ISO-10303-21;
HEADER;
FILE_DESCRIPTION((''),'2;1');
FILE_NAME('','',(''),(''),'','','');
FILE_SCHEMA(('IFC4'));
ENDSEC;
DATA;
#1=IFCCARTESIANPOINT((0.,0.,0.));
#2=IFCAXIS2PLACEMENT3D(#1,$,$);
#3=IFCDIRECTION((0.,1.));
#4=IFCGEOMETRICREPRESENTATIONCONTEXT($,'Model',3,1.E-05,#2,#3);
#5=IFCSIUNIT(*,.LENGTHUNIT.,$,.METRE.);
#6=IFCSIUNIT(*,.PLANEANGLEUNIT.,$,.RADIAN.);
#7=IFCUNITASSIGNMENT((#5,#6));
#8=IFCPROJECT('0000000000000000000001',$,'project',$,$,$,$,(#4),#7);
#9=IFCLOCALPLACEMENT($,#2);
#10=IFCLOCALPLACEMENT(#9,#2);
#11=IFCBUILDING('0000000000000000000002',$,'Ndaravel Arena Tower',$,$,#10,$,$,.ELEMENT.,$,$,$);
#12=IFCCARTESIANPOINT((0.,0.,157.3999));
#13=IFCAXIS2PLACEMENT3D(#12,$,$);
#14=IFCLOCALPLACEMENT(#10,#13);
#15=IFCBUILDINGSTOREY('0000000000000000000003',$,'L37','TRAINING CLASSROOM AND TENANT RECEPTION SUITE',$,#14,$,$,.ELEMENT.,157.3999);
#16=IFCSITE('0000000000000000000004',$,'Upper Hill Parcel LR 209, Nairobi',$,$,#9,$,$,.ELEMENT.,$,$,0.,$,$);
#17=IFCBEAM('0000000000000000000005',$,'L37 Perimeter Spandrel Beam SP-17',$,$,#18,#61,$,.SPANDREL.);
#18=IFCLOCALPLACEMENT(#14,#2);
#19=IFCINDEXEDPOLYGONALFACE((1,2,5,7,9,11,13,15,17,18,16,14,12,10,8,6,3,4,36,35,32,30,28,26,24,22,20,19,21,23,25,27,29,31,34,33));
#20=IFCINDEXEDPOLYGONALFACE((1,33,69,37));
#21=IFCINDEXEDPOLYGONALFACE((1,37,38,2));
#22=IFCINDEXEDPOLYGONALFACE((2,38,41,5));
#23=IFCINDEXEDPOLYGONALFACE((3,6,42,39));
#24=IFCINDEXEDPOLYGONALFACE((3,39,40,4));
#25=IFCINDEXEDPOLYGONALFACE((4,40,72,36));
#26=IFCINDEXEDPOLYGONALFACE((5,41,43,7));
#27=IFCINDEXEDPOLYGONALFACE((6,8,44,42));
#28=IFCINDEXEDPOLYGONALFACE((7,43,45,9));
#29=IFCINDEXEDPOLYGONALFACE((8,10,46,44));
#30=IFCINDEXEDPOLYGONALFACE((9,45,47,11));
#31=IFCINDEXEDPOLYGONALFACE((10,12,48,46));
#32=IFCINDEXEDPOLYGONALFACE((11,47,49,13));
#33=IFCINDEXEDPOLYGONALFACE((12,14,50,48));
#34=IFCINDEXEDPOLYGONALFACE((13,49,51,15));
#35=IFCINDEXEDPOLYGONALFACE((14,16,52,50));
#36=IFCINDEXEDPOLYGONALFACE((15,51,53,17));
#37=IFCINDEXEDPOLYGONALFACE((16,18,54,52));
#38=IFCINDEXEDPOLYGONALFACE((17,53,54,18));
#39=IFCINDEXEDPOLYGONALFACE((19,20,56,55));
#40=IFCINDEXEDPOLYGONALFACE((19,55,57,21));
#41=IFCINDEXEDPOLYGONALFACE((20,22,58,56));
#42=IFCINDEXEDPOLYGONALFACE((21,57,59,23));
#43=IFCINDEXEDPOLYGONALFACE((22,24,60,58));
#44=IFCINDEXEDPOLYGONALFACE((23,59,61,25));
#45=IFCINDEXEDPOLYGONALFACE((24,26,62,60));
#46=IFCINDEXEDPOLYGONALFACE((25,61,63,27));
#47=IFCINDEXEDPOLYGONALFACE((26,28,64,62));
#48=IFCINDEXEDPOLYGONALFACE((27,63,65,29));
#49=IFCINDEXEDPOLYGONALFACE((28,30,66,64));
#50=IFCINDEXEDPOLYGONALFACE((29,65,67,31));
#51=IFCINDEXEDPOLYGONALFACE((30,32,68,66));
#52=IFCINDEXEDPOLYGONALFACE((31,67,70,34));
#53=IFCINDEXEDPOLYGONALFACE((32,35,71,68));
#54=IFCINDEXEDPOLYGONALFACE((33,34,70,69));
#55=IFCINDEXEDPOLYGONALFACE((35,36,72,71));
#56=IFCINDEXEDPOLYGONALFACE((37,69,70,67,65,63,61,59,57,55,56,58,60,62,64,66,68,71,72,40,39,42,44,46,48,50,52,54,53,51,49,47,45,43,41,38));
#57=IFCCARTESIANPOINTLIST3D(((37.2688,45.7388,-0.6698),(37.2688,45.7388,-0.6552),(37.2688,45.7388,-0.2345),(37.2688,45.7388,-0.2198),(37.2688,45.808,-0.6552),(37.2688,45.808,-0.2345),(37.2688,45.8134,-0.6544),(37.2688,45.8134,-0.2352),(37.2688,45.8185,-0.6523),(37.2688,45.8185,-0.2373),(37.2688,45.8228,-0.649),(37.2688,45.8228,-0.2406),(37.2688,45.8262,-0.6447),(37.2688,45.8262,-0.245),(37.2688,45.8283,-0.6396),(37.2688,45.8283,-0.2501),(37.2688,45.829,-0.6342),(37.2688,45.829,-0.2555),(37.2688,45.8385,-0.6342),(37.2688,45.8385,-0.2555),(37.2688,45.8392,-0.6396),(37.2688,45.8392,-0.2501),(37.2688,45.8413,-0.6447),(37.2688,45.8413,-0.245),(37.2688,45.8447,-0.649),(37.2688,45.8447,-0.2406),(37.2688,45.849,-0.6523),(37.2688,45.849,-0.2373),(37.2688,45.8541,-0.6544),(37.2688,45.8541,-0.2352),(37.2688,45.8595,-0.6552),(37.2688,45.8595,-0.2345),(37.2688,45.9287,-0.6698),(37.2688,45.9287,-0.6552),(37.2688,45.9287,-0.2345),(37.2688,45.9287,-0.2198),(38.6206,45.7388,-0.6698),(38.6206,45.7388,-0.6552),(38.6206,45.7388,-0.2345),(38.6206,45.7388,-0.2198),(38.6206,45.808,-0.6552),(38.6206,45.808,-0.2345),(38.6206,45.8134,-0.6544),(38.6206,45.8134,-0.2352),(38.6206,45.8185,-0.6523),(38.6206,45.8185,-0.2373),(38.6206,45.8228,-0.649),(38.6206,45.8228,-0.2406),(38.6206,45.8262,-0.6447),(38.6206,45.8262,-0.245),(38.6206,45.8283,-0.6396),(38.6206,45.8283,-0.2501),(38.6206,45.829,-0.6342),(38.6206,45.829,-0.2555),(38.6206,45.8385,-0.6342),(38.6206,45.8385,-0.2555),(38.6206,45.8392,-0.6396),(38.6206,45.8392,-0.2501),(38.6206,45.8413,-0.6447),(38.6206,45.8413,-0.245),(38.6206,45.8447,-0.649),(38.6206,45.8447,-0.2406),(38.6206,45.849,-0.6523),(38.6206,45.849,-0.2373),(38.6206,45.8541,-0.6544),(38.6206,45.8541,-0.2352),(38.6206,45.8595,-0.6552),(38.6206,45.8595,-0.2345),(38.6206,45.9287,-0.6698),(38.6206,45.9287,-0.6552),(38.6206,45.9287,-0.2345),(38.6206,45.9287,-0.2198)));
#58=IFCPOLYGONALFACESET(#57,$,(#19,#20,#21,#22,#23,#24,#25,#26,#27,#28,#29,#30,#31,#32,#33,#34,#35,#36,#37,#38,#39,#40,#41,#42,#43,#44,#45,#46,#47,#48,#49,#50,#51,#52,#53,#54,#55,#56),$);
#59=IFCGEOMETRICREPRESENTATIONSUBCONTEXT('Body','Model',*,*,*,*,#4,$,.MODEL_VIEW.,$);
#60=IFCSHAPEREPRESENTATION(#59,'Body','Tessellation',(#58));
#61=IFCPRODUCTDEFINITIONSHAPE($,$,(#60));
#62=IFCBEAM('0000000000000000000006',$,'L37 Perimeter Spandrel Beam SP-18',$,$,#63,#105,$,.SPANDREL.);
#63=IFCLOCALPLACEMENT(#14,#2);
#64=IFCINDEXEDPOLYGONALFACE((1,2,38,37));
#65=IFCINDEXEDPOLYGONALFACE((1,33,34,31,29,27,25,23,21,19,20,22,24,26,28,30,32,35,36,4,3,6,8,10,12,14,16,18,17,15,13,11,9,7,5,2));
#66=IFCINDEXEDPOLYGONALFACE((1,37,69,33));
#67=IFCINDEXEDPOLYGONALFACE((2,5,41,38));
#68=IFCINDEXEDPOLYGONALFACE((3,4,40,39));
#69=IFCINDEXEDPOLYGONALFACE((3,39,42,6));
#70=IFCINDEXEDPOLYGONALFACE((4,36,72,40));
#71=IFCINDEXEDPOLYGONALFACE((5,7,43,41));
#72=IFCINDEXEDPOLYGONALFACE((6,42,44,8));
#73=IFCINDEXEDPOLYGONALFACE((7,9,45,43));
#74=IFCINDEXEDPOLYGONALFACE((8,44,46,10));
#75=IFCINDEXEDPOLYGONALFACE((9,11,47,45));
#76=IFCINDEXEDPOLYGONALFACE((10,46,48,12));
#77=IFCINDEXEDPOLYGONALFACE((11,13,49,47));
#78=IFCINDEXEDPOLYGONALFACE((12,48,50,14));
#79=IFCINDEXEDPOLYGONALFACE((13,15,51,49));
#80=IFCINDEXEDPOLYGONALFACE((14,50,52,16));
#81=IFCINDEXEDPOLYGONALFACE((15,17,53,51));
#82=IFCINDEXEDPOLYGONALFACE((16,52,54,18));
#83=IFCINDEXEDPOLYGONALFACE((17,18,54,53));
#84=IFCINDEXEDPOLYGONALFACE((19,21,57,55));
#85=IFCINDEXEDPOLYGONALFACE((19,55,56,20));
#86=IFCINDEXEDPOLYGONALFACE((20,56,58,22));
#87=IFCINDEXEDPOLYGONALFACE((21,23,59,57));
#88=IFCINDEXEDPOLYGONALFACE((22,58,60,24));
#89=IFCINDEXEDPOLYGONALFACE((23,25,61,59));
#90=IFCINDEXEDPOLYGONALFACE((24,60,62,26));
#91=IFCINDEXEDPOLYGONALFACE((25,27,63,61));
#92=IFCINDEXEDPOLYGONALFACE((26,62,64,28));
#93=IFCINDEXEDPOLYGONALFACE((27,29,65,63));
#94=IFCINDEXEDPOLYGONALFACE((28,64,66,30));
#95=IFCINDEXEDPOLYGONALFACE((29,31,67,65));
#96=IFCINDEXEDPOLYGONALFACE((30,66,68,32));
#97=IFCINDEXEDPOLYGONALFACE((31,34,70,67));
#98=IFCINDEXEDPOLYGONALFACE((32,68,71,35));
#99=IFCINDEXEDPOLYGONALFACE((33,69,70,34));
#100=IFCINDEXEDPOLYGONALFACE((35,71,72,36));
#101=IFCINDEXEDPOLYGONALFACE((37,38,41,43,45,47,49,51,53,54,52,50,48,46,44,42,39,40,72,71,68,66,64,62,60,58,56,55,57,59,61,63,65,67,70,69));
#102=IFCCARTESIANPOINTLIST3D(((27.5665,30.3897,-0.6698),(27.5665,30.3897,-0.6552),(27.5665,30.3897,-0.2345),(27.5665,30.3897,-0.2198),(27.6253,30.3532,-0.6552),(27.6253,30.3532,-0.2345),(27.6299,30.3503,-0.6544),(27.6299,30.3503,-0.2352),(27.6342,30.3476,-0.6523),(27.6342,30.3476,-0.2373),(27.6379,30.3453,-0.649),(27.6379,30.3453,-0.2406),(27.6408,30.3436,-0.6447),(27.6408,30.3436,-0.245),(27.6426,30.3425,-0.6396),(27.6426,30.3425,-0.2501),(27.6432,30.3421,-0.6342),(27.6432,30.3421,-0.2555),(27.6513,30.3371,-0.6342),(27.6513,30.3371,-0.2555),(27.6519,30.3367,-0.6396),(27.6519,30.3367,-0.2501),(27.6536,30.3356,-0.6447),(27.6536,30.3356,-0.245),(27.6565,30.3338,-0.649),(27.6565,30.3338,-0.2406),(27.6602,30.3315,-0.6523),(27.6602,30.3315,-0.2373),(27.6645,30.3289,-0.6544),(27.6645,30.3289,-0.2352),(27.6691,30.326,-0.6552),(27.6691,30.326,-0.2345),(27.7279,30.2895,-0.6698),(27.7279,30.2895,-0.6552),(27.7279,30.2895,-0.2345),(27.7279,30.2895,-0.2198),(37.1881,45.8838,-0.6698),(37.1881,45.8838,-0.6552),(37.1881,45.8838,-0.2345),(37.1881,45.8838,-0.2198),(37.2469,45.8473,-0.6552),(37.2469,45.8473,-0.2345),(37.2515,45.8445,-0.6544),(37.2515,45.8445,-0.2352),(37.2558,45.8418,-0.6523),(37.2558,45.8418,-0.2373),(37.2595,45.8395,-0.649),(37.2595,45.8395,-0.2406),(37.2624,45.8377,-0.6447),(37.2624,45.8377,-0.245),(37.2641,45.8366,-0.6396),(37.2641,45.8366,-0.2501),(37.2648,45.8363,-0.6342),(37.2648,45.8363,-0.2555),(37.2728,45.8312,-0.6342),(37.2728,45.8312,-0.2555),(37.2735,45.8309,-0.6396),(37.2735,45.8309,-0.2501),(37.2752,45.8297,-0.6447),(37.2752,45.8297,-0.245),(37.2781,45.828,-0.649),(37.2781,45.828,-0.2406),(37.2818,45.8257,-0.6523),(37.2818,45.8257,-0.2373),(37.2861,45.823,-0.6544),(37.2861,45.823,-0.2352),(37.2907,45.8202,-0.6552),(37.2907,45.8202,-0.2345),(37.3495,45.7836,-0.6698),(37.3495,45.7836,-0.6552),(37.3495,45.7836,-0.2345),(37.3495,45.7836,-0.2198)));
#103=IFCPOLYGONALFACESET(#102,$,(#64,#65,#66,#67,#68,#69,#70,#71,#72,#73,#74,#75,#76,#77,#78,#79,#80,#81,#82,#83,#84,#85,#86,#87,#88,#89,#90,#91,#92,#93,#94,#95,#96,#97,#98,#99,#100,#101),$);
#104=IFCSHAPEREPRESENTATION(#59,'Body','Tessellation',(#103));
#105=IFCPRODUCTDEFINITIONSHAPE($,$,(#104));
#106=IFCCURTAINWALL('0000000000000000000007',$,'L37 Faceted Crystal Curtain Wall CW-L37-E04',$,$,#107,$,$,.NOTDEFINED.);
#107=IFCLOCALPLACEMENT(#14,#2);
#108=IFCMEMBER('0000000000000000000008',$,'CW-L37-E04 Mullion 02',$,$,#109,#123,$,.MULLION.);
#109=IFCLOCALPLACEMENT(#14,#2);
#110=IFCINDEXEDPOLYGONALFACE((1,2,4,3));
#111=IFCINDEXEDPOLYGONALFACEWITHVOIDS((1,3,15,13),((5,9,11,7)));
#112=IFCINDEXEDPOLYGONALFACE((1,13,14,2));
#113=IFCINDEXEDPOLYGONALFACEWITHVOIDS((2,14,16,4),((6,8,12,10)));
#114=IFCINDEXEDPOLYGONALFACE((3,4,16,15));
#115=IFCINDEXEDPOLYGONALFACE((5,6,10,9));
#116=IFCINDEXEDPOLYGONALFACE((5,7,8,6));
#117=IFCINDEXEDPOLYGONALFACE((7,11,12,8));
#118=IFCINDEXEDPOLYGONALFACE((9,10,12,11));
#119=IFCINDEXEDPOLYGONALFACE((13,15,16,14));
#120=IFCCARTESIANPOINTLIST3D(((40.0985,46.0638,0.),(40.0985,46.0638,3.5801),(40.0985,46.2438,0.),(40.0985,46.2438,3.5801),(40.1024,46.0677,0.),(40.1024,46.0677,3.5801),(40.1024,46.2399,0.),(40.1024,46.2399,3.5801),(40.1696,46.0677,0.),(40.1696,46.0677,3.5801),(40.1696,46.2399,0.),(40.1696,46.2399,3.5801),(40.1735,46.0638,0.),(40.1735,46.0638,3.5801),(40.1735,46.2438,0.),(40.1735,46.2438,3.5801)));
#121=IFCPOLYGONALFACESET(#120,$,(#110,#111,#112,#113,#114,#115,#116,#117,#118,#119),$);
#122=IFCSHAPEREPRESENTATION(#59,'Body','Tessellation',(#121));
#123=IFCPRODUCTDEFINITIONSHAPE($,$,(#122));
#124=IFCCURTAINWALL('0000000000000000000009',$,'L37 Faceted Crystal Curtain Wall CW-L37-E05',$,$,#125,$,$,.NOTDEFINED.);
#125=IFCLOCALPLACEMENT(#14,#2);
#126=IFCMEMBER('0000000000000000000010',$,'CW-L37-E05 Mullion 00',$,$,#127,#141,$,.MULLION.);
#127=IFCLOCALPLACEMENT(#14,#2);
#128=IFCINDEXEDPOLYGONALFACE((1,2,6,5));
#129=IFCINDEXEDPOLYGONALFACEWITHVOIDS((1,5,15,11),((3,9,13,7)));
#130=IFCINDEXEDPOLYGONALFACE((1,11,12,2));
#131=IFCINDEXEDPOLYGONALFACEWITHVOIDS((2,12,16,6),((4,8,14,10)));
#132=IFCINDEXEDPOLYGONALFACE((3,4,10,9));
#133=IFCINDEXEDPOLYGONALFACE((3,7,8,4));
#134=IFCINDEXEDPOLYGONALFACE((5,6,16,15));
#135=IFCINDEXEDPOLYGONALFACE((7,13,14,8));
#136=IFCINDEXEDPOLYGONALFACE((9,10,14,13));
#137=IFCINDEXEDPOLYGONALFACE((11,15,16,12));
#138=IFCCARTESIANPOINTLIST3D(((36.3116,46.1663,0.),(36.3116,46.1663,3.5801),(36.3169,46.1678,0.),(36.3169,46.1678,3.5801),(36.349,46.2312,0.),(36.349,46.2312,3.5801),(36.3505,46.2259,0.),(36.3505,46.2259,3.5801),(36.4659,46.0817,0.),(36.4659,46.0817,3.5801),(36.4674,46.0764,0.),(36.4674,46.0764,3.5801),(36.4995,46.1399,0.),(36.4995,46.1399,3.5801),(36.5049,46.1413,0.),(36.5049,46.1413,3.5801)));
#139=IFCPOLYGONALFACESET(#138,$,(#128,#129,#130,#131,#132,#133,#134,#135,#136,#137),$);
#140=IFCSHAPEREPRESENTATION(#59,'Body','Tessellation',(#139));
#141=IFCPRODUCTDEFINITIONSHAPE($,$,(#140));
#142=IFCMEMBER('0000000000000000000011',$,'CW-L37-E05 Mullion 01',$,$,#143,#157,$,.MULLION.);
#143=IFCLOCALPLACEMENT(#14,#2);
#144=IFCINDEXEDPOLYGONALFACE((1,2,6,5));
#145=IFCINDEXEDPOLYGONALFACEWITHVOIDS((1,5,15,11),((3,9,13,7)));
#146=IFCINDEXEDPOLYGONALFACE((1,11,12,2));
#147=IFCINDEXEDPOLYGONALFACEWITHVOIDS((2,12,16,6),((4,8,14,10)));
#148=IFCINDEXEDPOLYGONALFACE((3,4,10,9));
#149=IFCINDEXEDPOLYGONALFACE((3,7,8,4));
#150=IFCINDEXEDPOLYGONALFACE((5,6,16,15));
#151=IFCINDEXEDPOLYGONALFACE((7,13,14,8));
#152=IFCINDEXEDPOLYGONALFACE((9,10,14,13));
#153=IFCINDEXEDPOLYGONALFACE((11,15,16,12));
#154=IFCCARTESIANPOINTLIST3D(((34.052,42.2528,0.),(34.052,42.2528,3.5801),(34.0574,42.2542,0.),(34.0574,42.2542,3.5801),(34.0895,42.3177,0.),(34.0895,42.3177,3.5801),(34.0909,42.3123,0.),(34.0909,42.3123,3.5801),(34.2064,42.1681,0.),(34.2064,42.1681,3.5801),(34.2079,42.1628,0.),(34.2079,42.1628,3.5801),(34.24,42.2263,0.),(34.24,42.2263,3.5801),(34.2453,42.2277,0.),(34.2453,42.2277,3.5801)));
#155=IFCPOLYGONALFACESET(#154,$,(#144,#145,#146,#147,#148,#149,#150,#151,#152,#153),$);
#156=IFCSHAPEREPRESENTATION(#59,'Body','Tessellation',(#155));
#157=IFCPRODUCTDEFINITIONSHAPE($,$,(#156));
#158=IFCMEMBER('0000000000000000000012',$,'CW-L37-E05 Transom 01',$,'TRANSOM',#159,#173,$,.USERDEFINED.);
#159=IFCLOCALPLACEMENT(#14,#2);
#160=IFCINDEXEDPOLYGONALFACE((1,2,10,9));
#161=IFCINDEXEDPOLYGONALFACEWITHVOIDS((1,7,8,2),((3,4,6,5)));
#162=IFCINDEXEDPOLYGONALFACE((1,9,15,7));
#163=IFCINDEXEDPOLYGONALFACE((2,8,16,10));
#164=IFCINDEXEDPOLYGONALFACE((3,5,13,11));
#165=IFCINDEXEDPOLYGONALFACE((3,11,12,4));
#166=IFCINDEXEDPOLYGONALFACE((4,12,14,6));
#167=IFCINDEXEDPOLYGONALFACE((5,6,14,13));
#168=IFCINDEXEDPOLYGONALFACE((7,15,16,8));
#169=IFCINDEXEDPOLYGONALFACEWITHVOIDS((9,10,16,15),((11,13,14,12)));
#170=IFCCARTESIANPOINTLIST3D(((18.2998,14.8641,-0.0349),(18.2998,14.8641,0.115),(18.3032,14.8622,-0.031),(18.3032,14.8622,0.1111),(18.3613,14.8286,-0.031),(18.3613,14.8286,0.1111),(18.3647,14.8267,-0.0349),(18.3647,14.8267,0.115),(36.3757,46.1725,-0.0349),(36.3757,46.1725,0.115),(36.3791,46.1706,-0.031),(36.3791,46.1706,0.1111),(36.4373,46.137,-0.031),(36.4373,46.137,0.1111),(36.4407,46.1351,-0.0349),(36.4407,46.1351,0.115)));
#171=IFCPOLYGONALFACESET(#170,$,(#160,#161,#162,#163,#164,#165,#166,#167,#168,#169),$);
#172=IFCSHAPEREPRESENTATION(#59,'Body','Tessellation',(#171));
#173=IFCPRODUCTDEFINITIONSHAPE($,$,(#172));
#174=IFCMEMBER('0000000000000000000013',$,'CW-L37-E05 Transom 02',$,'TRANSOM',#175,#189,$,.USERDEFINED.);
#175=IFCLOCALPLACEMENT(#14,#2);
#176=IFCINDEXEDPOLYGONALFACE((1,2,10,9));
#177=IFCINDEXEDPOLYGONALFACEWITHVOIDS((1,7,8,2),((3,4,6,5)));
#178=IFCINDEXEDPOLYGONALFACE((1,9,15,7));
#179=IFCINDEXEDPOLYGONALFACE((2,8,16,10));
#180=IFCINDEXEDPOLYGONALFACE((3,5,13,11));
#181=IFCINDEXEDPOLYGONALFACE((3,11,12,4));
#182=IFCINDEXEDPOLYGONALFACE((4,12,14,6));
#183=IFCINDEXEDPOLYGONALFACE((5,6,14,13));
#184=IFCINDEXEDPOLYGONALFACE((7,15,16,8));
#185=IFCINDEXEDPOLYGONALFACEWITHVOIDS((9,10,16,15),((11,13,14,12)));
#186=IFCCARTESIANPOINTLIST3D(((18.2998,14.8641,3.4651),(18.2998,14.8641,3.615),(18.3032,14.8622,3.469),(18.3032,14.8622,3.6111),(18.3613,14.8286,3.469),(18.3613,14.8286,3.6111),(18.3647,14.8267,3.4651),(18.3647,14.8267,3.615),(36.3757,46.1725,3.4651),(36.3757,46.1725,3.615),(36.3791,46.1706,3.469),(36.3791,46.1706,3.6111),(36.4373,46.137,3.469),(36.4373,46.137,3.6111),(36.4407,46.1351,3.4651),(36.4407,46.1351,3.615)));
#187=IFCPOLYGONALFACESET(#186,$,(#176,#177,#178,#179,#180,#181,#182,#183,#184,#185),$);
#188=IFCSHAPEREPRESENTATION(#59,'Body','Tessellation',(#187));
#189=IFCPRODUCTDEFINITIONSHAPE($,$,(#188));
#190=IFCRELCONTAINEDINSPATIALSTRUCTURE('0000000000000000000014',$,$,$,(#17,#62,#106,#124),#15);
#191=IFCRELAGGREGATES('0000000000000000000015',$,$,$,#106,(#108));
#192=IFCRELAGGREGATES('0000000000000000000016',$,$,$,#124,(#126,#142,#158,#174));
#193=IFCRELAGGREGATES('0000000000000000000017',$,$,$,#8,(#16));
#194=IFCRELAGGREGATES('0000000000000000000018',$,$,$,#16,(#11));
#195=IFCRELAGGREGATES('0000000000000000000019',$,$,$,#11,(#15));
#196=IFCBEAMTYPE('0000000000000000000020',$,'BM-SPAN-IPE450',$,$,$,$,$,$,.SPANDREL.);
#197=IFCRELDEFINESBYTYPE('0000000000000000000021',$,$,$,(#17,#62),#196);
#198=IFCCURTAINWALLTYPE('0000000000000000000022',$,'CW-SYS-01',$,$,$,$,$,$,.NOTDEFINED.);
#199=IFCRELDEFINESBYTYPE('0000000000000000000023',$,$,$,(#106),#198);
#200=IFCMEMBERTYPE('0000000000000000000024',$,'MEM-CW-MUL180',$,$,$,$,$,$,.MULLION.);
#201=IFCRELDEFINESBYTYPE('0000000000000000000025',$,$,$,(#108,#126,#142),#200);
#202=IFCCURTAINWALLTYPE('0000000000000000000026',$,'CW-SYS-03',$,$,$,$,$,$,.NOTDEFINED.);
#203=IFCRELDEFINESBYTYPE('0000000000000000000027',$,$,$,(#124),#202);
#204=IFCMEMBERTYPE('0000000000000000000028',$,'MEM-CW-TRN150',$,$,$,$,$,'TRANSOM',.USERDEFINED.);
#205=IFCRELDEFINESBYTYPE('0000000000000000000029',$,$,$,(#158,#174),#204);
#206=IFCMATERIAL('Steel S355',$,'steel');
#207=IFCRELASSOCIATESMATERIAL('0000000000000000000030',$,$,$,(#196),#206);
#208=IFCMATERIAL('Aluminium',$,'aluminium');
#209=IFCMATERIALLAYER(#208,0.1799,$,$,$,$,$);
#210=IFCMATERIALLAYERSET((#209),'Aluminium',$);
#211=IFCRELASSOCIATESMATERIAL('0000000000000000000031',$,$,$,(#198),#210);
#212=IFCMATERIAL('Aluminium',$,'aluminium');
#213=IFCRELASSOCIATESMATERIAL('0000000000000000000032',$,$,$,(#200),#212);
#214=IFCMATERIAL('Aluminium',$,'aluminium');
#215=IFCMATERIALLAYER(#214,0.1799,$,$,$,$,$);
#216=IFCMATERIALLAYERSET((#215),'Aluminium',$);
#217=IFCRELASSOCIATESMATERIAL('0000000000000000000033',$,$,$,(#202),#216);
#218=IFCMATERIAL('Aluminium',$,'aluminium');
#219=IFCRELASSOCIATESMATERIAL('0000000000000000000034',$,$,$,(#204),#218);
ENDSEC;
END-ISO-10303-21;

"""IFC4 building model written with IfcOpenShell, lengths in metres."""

from ifc_helpers import new_model, si_unit, direction, frame, origin, origin_2d, place, context, subcontext, project, spatial, hollow_rectangle, i_section, extrude, material, layer, layer_set, material_profile, profile_set, type_object, element, aggregate, save


model = new_model("IFC4")

# Units and contexts
model_context = context("Model", 3, precision=1e-05, world=origin(), true_north=direction((0.0, 1.0)))
body_context = subcontext(model_context, "Body", "Model", "MODEL_VIEW")
ifc_project = project(units=[si_unit("LENGTHUNIT", "METRE"), si_unit("PLANEANGLEUNIT", "RADIAN")], contexts=[model_context])

# Site, building, storey
site_placement = place(None, origin())
site = spatial("IfcSite", under=ifc_project, at=site_placement, Name="Upper Hill Parcel LR 209, Nairobi", CompositionType="ELEMENT", RefElevation=0.0)
building_placement = place(site_placement, origin())
building = spatial("IfcBuilding", under=site, at=building_placement, Name="Ndaravel Arena Tower", CompositionType="ELEMENT")
storey_placement = place(building_placement, frame((0.0, 0.0, 157.3999)))
storey = spatial("IfcBuildingStorey", under=building, at=storey_placement, Name="L37", Description="TRAINING CLASSROOM AND TENANT RECEPTION SUITE", CompositionType="ELEMENT", Elevation=157.3999)

# Beams
ifc_material_1 = material(Name="Steel S355", Category="steel")
ifc_material_profile_1 = material_profile(ifc_material_1, i_section(OverallWidth=0.1899, OverallDepth=0.45, WebThickness=0.0095, FlangeThickness=0.0146, FilletRadius=0.021, at=origin_2d()), Name="IPE 450")
ifc_profile_set_1 = profile_set([ifc_material_profile_1], Name="Steel S355")
beam_type_1 = type_object("IfcBeamType", Name="BM-SPAN-IPE450", PredefinedType="SPANDREL", material=ifc_profile_set_1)
for number, where, z_axis, x_axis, name in (
    (1, (38.6206, 45.8337, -0.4448), (-1.0, 0.0, 0.0), (0.0, -1.0, 0.0), "L37 Perimeter Spandrel Beam SP-17"),
):
    element("IfcBeam", number, at=place(storey_placement, frame(where, z_axis=z_axis, x_axis=x_axis)), inside=storey, type_object=beam_type_1, Name=name, PredefinedType="SPANDREL", context=body_context, shape_type="SweptSolid", body=[
        extrude(i_section(OverallWidth=0.1899, OverallDepth=0.45, WebThickness=0.0095, FlangeThickness=0.0146, FilletRadius=0.021, at=origin_2d()), origin(), (0.0, 0.0, 1.0), 1.3518),
    ])
beam_1_placement = place(storey_placement, frame((37.2688, 45.8337, -0.4448), z_axis=(-0.527542, -0.849529, 0.0), x_axis=(0.849529, -0.527542, 0.0)))
element("IfcBeam", 2, at=beam_1_placement, inside=storey, type_object=beam_type_1, Name="L37 Perimeter Spandrel Beam SP-18", PredefinedType="SPANDREL", context=body_context, shape_type="SweptSolid", body=[
    extrude(i_section(OverallWidth=0.1899, OverallDepth=0.45, WebThickness=0.0095, FlangeThickness=0.0146, FilletRadius=0.021, at=origin_2d()), origin(), (0.0, 0.0, 1.0), 18.2385),
])

# Curtain wall, member
ifc_material_2 = material(Name="Aluminium", Category="aluminium")
ifc_layer_1 = layer(ifc_material_2, 0.1799)
ifc_layer_set_1 = layer_set([ifc_layer_1], Name="Aluminium")
curtain_wall_type_1 = type_object("IfcCurtainWallType", Name="CW-SYS-01", PredefinedType="NOTDEFINED", material=ifc_layer_set_1)
curtain_wall_1_placement = place(storey_placement, origin())
curtain_wall_1 = element("IfcCurtainWall", 3, at=curtain_wall_1_placement, inside=storey, type_object=curtain_wall_type_1, Name="L37 Faceted Crystal Curtain Wall CW-L37-E04", PredefinedType="NOTDEFINED")
ifc_material_3 = material(Name="Aluminium", Category="aluminium")
ifc_material_profile_2 = material_profile(ifc_material_3, hollow_rectangle(XDim=0.075, YDim=0.1799, WallThickness=0.0039, at=origin_2d()), Name="CW MULLION 75x180x4")
ifc_profile_set_2 = profile_set([ifc_material_profile_2], Name="Aluminium")
member_type_1 = type_object("IfcMemberType", Name="MEM-CW-MUL180", PredefinedType="MULLION", material=ifc_profile_set_2)
member_1_placement = place(storey_placement, frame((40.136, 46.1538, 0.0), z_axis=(0.0, 0.0, 1.0), x_axis=(-1.0, 0.0, 0.0)))
member_1 = element("IfcMember", 4, at=member_1_placement, type_object=member_type_1, Name="CW-L37-E04 Mullion 02", PredefinedType="MULLION", context=body_context, shape_type="SweptSolid", body=[
    extrude(hollow_rectangle(XDim=0.075, YDim=0.1799, WallThickness=0.0039, at=origin_2d()), origin(), (0.0, 0.0, 1.0), 3.5801),
])

# Curtain wall, members
ifc_material_4 = material(Name="Aluminium", Category="aluminium")
ifc_layer_2 = layer(ifc_material_4, 0.1799)
ifc_layer_set_2 = layer_set([ifc_layer_2], Name="Aluminium")
curtain_wall_type_2 = type_object("IfcCurtainWallType", Name="CW-SYS-03", PredefinedType="NOTDEFINED", material=ifc_layer_set_2)
curtain_wall_2_placement = place(storey_placement, origin())
curtain_wall_2 = element("IfcCurtainWall", 5, at=curtain_wall_2_placement, inside=storey, type_object=curtain_wall_type_2, Name="L37 Faceted Crystal Curtain Wall CW-L37-E05", PredefinedType="NOTDEFINED")
member_2_placement = place(storey_placement, frame((36.4082, 46.1538, 0.0), z_axis=(0.0, 0.0, 1.0), x_axis=(-0.5, -0.866025, 0.0)))
member_2 = element("IfcMember", 6, at=member_2_placement, type_object=member_type_1, Name="CW-L37-E05 Mullion 00", PredefinedType="MULLION", context=body_context, shape_type="SweptSolid", body=[
    extrude(hollow_rectangle(XDim=0.075, YDim=0.1799, WallThickness=0.0039, at=origin_2d()), origin(), (0.0, 0.0, 1.0), 3.5801),
])
member_3_placement = place(storey_placement, frame((34.1487, 42.2402, 0.0), z_axis=(0.0, 0.0, 1.0), x_axis=(-0.5, -0.866025, 0.0)))
member_3 = element("IfcMember", 7, at=member_3_placement, type_object=member_type_1, Name="CW-L37-E05 Mullion 01", PredefinedType="MULLION", context=body_context, shape_type="SweptSolid", body=[
    extrude(hollow_rectangle(XDim=0.075, YDim=0.1799, WallThickness=0.0039, at=origin_2d()), origin(), (0.0, 0.0, 1.0), 3.5801),
])
ifc_material_5 = material(Name="Aluminium", Category="aluminium")
ifc_material_profile_3 = material_profile(ifc_material_5, hollow_rectangle(XDim=0.075, YDim=0.1499, WallThickness=0.0039, at=origin_2d()), Name="CW TRANSOM 75x150x4")
ifc_profile_set_3 = profile_set([ifc_material_profile_3], Name="Aluminium")
member_type_2 = type_object("IfcMemberType", Name="MEM-CW-TRN150", ElementType="TRANSOM", PredefinedType="USERDEFINED", material=ifc_profile_set_3)
member_4_placement = place(storey_placement, frame((36.4082, 46.1538, 0.04), z_axis=(-0.500001, -0.866025, 0.0), x_axis=(0.866025, -0.500001, 0.0)))
member_4 = element("IfcMember", 8, at=member_4_placement, type_object=member_type_2, Name="CW-L37-E05 Transom 01", ObjectType="TRANSOM", PredefinedType="USERDEFINED", context=body_context, shape_type="SweptSolid", body=[
    extrude(hollow_rectangle(XDim=0.075, YDim=0.1499, WallThickness=0.0039, at=origin_2d()), origin(), (0.0, 0.0, 1.0), 36.1519),
])
member_5_placement = place(storey_placement, frame((36.4082, 46.1538, 3.54), z_axis=(-0.500001, -0.866025, 0.0), x_axis=(0.866025, -0.500001, 0.0)))
member_5 = element("IfcMember", 9, at=member_5_placement, type_object=member_type_2, Name="CW-L37-E05 Transom 02", ObjectType="TRANSOM", PredefinedType="USERDEFINED", context=body_context, shape_type="SweptSolid", body=[
    extrude(hollow_rectangle(XDim=0.075, YDim=0.1499, WallThickness=0.0039, at=origin_2d()), origin(), (0.0, 0.0, 1.0), 36.1519),
])

aggregate(curtain_wall_1, [member_1])
aggregate(curtain_wall_2, [member_2, member_3, member_4, member_5])

save(model, "model.ifc")
